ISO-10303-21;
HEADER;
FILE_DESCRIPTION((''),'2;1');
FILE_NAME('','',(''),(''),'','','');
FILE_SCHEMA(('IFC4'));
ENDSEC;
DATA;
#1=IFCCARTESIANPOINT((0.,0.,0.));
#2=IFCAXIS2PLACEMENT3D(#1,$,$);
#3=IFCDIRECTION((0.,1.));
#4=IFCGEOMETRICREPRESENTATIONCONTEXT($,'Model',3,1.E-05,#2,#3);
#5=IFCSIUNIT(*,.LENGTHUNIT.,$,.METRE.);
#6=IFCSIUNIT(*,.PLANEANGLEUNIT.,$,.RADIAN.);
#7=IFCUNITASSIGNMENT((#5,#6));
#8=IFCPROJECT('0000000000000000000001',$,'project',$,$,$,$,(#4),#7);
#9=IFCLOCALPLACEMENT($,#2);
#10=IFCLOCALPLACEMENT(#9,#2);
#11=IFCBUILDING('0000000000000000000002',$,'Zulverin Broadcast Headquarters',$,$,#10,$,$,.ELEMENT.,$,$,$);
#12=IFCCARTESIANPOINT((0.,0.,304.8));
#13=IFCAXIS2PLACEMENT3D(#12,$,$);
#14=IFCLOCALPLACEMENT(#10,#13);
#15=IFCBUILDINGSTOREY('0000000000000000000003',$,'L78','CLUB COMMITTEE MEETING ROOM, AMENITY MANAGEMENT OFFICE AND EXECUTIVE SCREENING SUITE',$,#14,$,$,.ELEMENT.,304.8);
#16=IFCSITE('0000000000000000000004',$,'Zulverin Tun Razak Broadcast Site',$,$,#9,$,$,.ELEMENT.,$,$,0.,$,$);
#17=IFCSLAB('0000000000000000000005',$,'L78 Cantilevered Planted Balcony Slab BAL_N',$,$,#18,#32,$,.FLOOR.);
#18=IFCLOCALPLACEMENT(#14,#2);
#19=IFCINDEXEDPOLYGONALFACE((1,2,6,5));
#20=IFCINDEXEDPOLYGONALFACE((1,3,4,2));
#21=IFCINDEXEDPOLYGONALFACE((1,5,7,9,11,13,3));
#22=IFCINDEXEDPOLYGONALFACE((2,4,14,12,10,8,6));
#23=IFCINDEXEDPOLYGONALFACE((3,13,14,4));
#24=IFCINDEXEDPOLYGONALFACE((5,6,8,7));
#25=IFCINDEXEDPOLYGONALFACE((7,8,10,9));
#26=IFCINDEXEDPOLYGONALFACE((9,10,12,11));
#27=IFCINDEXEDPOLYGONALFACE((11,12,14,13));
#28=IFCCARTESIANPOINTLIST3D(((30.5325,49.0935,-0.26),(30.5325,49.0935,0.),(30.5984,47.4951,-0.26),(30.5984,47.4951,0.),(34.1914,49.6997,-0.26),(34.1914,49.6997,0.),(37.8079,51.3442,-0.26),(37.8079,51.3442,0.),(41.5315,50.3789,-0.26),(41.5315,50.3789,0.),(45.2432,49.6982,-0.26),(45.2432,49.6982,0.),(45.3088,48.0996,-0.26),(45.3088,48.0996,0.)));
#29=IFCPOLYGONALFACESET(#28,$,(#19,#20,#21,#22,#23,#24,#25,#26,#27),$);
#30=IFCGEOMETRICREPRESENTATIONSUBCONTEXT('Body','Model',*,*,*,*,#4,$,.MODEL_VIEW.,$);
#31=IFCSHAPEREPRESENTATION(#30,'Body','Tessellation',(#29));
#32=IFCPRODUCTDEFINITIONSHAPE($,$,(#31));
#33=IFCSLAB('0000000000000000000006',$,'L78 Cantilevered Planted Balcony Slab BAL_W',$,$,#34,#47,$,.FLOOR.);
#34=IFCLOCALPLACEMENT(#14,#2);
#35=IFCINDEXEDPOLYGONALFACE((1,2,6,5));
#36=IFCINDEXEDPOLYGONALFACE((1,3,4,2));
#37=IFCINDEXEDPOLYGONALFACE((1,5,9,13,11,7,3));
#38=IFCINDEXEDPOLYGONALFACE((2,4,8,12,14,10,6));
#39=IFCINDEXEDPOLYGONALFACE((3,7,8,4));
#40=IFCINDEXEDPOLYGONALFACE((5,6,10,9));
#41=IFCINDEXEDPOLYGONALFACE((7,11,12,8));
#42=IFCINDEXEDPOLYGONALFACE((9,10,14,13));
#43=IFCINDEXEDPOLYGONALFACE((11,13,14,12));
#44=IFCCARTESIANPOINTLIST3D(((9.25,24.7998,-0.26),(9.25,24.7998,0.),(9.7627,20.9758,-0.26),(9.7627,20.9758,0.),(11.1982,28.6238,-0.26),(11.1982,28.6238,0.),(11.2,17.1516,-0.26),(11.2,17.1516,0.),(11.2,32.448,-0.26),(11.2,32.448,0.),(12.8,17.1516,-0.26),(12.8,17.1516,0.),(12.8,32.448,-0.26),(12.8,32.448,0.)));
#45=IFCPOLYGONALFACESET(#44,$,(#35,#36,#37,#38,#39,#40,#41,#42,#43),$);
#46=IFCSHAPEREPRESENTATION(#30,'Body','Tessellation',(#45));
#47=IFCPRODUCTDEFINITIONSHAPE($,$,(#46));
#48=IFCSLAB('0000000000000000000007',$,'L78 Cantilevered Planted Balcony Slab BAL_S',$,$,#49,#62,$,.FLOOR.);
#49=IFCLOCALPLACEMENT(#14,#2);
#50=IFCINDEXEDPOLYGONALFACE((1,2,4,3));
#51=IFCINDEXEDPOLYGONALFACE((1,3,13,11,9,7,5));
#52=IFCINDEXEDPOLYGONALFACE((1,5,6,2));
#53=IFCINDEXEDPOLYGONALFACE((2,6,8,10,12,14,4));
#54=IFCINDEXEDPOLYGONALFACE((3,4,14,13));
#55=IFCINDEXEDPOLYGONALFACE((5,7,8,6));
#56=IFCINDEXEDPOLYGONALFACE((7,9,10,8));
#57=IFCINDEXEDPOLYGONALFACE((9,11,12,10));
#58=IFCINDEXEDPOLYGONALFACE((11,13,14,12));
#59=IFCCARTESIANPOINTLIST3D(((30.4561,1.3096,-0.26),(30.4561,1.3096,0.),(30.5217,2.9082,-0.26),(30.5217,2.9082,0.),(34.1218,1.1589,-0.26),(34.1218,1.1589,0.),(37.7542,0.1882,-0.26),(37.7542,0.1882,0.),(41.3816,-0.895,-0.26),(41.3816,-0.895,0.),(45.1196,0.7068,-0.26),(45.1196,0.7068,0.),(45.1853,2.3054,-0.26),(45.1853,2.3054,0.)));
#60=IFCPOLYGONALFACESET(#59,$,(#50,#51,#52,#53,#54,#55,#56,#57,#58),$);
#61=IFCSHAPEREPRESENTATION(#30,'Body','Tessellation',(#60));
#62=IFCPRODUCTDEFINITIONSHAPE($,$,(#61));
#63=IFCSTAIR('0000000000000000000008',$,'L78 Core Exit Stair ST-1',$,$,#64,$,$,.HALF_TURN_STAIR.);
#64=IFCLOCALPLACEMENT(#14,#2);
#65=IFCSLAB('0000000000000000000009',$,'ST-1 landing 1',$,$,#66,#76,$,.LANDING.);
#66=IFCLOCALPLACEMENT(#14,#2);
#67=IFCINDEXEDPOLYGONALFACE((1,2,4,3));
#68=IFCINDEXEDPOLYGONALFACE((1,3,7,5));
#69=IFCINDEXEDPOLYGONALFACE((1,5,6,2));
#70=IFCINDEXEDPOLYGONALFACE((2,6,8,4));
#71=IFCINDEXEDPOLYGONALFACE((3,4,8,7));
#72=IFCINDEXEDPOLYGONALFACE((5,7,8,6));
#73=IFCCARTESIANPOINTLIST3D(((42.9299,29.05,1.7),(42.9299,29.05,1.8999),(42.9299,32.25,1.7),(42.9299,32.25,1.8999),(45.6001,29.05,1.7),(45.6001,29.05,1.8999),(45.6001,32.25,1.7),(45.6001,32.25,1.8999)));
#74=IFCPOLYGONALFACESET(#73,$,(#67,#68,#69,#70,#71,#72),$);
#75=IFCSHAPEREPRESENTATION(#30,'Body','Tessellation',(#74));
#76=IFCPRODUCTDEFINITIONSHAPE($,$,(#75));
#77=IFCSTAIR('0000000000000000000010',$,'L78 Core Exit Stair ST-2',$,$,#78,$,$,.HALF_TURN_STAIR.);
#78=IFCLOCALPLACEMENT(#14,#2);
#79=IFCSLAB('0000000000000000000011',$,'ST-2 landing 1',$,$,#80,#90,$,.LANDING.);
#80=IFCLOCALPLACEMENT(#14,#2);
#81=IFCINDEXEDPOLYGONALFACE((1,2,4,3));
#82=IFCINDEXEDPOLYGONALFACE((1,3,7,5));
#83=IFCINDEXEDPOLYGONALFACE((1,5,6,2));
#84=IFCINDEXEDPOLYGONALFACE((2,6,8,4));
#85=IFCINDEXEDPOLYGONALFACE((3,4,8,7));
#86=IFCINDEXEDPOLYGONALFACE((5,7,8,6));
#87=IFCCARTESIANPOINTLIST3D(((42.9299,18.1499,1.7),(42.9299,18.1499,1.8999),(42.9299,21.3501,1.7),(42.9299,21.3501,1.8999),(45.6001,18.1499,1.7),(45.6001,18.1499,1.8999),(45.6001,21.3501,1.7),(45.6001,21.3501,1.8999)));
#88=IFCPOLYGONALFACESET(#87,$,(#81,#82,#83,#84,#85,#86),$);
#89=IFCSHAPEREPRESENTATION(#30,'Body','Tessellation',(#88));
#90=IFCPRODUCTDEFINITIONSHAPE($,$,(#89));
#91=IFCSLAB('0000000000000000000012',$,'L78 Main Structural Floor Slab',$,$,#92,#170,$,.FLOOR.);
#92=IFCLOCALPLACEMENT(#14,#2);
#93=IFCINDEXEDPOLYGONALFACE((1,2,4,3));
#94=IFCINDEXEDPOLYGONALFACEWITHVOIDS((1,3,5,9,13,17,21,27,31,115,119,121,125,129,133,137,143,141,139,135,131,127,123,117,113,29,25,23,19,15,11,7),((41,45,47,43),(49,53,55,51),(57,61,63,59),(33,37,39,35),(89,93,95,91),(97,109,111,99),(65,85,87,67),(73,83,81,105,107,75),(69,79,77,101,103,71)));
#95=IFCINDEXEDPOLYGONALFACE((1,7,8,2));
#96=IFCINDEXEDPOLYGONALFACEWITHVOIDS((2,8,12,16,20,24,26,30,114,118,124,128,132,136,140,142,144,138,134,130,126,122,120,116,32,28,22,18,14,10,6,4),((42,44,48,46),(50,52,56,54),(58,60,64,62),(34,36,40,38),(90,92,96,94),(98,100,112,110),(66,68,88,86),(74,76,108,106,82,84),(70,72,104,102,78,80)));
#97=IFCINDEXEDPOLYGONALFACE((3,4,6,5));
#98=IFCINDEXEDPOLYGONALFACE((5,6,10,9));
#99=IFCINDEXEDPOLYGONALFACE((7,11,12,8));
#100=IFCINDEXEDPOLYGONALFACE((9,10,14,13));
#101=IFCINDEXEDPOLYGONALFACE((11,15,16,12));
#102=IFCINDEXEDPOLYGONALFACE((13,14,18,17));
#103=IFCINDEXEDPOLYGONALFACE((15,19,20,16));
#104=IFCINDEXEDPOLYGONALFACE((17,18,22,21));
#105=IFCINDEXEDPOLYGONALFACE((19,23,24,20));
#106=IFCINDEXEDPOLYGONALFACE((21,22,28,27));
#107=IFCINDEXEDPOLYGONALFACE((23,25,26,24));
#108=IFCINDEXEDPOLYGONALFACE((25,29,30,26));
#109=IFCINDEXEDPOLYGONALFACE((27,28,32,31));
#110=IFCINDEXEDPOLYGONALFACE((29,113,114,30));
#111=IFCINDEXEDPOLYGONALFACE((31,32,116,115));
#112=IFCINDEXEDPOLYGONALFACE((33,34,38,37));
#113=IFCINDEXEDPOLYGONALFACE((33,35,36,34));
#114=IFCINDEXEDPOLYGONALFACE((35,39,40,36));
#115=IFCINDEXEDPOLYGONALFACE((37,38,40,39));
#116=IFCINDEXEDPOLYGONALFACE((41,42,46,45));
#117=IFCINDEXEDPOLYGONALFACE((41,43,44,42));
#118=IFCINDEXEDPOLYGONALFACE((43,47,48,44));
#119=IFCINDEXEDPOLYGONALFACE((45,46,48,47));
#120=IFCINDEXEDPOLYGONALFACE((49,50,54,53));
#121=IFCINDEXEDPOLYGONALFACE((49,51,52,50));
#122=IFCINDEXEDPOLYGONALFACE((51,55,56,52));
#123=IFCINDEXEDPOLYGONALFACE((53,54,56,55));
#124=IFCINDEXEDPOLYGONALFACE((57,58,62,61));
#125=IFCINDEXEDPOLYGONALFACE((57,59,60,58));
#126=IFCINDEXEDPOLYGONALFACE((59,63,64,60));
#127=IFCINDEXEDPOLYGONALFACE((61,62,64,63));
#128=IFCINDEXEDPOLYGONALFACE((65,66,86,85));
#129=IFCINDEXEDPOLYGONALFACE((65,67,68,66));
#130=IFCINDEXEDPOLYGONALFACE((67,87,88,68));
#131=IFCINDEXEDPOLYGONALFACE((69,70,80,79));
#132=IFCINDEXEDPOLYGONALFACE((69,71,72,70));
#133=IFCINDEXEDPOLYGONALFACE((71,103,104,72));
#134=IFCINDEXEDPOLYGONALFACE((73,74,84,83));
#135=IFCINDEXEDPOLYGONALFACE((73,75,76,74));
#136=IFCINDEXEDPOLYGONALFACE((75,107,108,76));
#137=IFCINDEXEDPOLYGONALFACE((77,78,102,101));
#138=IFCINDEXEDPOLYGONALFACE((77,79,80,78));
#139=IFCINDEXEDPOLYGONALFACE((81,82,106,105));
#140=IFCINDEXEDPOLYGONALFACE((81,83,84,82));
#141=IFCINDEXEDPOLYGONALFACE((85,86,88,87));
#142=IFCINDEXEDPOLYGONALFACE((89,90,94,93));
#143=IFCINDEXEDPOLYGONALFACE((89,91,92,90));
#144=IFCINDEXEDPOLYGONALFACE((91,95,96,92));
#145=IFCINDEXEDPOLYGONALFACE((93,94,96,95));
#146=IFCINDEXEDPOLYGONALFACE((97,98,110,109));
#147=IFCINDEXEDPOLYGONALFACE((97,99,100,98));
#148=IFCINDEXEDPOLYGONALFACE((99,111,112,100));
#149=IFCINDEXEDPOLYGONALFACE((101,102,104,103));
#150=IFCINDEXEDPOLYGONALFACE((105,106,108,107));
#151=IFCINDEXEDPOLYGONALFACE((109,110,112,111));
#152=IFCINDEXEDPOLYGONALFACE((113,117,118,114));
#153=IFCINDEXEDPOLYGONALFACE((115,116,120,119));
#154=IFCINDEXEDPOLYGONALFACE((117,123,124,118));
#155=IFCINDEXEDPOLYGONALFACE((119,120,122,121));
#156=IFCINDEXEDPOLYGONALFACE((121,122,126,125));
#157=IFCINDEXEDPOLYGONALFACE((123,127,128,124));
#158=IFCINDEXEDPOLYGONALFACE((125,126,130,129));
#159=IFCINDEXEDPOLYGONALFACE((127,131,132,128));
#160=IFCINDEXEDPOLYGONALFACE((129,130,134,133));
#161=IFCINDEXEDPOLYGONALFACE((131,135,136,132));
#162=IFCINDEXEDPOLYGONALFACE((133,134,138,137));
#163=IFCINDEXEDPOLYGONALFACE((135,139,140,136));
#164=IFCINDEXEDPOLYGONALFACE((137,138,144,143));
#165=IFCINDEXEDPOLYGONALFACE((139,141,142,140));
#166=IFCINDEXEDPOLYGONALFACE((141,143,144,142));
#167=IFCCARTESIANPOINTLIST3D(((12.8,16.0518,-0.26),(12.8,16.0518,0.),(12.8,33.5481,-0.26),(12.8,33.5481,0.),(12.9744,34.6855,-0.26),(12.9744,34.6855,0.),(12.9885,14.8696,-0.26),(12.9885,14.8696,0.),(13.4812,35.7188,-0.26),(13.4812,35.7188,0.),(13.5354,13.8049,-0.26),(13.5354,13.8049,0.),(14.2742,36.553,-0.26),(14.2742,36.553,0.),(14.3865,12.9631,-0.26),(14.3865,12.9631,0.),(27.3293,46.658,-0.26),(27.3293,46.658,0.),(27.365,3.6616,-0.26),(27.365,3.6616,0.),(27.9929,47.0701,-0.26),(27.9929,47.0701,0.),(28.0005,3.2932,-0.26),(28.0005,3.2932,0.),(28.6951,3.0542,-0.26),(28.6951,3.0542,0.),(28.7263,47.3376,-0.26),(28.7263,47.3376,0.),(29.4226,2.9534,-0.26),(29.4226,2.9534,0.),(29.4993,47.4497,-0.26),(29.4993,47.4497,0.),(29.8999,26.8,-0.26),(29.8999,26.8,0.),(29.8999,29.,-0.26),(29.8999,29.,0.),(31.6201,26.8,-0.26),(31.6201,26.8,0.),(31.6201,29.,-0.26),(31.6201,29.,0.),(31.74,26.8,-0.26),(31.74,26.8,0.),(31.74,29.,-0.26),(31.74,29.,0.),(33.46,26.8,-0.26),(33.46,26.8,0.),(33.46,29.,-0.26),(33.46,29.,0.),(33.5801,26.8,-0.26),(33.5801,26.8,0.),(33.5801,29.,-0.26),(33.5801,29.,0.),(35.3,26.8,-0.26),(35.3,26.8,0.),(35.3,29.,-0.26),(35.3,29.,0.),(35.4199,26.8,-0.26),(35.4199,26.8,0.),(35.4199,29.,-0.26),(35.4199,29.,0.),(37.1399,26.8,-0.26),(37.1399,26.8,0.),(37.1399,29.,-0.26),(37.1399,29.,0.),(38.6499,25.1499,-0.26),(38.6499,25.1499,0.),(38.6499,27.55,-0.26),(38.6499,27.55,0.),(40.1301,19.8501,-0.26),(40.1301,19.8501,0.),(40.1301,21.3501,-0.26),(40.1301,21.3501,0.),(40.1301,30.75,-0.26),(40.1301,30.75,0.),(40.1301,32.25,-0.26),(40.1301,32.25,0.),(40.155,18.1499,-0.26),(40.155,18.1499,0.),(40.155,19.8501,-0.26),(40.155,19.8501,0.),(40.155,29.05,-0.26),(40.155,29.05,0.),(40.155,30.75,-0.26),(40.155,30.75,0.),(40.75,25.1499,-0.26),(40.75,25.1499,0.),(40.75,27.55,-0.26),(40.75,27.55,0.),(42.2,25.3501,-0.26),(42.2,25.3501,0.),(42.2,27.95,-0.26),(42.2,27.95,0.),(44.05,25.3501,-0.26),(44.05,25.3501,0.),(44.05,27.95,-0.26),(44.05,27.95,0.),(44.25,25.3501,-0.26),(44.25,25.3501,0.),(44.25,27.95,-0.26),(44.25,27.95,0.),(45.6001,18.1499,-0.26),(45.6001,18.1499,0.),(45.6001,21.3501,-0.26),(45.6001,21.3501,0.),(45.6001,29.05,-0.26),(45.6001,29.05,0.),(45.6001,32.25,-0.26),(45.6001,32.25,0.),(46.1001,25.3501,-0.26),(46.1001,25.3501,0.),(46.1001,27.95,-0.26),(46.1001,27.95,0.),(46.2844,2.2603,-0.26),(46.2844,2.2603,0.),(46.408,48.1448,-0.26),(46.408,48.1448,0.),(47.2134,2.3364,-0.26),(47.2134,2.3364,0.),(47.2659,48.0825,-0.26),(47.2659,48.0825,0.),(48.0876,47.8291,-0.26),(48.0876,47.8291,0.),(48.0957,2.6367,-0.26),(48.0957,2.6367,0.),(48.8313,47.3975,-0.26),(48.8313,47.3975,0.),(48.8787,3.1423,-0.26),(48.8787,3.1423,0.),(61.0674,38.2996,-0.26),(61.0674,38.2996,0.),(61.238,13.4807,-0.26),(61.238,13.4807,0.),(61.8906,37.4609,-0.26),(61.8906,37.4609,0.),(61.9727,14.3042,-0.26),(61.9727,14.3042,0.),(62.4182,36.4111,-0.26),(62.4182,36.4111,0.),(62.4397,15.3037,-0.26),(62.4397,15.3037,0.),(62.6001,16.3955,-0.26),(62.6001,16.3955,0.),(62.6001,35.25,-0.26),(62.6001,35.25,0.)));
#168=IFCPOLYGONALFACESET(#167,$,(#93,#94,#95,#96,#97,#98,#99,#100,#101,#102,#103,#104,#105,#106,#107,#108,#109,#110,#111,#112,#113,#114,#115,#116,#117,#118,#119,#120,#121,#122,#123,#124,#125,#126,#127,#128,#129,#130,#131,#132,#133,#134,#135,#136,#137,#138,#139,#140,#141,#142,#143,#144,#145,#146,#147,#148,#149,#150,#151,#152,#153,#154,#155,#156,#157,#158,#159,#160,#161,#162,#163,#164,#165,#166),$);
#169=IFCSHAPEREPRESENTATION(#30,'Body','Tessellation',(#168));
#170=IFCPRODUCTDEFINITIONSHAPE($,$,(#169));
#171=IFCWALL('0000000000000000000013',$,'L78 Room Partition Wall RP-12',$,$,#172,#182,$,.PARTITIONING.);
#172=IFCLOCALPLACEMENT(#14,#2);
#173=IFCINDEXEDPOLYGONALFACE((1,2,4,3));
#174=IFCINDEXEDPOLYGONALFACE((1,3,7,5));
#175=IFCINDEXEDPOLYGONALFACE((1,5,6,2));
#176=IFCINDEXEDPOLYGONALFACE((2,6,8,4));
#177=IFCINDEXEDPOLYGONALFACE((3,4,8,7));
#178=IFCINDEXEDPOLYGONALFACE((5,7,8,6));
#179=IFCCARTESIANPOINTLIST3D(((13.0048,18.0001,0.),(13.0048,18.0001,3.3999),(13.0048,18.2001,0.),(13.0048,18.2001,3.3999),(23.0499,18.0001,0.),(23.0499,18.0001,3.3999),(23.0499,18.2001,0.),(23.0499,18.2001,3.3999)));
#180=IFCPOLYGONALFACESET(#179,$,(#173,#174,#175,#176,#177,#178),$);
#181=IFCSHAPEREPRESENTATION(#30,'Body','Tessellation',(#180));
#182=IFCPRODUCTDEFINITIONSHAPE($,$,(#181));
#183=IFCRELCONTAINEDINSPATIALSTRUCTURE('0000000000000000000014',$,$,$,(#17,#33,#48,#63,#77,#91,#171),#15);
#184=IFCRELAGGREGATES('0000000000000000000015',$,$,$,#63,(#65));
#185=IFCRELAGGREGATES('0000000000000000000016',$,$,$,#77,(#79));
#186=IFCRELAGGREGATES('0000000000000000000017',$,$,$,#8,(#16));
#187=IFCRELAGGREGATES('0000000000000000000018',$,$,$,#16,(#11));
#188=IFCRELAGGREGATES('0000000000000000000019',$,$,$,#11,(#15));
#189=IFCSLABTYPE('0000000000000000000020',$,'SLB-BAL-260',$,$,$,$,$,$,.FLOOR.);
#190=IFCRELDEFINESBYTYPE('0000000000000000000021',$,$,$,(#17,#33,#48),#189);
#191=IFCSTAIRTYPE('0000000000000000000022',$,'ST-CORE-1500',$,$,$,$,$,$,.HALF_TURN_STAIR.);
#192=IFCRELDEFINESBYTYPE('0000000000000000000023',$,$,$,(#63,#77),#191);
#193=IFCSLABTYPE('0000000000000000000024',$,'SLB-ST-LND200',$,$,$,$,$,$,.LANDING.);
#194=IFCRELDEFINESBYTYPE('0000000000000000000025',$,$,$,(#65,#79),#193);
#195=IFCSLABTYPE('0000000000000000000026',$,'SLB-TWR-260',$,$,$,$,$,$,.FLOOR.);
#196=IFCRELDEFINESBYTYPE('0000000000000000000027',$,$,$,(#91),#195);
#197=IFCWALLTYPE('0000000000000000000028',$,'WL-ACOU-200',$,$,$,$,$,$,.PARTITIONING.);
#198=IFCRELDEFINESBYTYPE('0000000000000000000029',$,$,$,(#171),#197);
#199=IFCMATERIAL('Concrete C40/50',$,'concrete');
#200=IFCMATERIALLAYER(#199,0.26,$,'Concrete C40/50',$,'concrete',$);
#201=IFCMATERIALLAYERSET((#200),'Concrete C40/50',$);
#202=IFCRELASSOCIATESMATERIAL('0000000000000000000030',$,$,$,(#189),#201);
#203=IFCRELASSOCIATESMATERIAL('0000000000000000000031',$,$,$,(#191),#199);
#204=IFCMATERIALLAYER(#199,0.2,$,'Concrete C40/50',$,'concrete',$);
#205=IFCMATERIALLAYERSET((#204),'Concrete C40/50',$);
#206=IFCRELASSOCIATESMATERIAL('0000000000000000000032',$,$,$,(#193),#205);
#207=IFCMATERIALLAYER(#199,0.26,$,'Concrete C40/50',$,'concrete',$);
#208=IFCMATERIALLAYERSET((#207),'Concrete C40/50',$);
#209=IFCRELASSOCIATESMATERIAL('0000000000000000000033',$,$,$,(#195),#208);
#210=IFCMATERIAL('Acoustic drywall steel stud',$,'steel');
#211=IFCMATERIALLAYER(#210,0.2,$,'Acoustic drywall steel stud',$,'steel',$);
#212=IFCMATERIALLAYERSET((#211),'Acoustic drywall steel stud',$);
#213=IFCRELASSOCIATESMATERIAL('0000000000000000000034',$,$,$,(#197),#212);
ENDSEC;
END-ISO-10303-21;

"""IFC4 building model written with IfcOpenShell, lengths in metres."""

from ifc_helpers import new_model, si_unit, direction, frame, frame_2d, origin, place, context, subcontext, project, spatial, polyline, rectangle, outline, extrude, material, layer, layer_set, type_object, element, aggregate, save


model = new_model("IFC4")

# Units and contexts
model_context = context("Model", 3, precision=1e-05, world=origin(), true_north=direction((0.0, 1.0)))
body_context = subcontext(model_context, "Body", "Model", "MODEL_VIEW")
ifc_project = project(units=[si_unit("LENGTHUNIT", "METRE"), si_unit("PLANEANGLEUNIT", "RADIAN")], contexts=[model_context])

# Site, building, storey
site_placement = place(None, origin())
site = spatial("IfcSite", under=ifc_project, at=site_placement, Name="Zulverin Tun Razak Broadcast Site", CompositionType="ELEMENT", RefElevation=0.0)
building_placement = place(site_placement, origin())
building = spatial("IfcBuilding", under=site, at=building_placement, Name="Zulverin Broadcast Headquarters", CompositionType="ELEMENT")
storey_placement = place(building_placement, frame((0.0, 0.0, 304.8)))
storey = spatial("IfcBuildingStorey", under=building, at=storey_placement, Name="L78", Description="CLUB COMMITTEE MEETING ROOM, AMENITY MANAGEMENT OFFICE AND EXECUTIVE SCREENING SUITE", CompositionType="ELEMENT", Elevation=304.8)

# Slabs
ifc_material_1 = material(Name="Concrete C40/50", Category="concrete")
ifc_layer_1 = layer(ifc_material_1, 0.26, Name="Concrete C40/50", Category="concrete")
ifc_layer_set_1 = layer_set([ifc_layer_1], Name="Concrete C40/50")
slab_type_1 = type_object("IfcSlabType", Name="SLB-BAL-260", PredefinedType="FLOOR", material=ifc_layer_set_1)
slab_1_placement = place(storey_placement, frame((0.0, 0.0, -0.26)))
element("IfcSlab", 1, at=slab_1_placement, inside=storey, type_object=slab_type_1, Name="L78 Cantilevered Planted Balcony Slab BAL_N", PredefinedType="FLOOR", context=body_context, shape_type="SweptSolid", body=[
    extrude(outline(polyline([(30.5984, 47.4951), (45.3088, 48.0996), (45.2432, 49.6982), (41.5315, 50.3789), (37.8079, 51.3442), (34.1914, 49.6997), (30.5325, 49.0935), (30.5984, 47.4951)])), origin(), (0.0, 0.0, 1.0), 0.26),
])
slab_2_placement = place(storey_placement, frame((0.0, 0.0, -0.26)))
element("IfcSlab", 2, at=slab_2_placement, inside=storey, type_object=slab_type_1, Name="L78 Cantilevered Planted Balcony Slab BAL_W", PredefinedType="FLOOR", context=body_context, shape_type="SweptSolid", body=[
    extrude(outline(polyline([(12.8, 17.1516), (12.8, 32.448), (11.2, 32.448), (11.1982, 28.6238), (9.25, 24.7998), (9.7627, 20.9758), (11.2, 17.1516), (12.8, 17.1516)])), origin(), (0.0, 0.0, 1.0), 0.26),
])
slab_3_placement = place(storey_placement, frame((0.0, 0.0, -0.26)))
element("IfcSlab", 3, at=slab_3_placement, inside=storey, type_object=slab_type_1, Name="L78 Cantilevered Planted Balcony Slab BAL_S", PredefinedType="FLOOR", context=body_context, shape_type="SweptSolid", body=[
    extrude(outline(polyline([(45.1853, 2.3054), (30.5217, 2.9082), (30.4561, 1.3096), (34.1218, 1.1589), (37.7542, 0.1882), (41.3816, -0.895), (45.1196, 0.7068), (45.1853, 2.3054)])), origin(), (0.0, 0.0, 1.0), 0.26),
])

# Stairs, slabs
stair_type = type_object("IfcStairType", Name="ST-CORE-1500", PredefinedType="HALF_TURN_STAIR", material=ifc_material_1)
stair_1_placement = place(storey_placement, origin())
stair_1 = element("IfcStair", 4, at=stair_1_placement, inside=storey, type_object=stair_type, Name="L78 Core Exit Stair ST-1", PredefinedType="HALF_TURN_STAIR")
ifc_layer_2 = layer(ifc_material_1, 0.2, Name="Concrete C40/50", Category="concrete")
ifc_layer_set_2 = layer_set([ifc_layer_2], Name="Concrete C40/50")
slab_type_2 = type_object("IfcSlabType", Name="SLB-ST-LND200", PredefinedType="LANDING", material=ifc_layer_set_2)
slab_4_placement = place(storey_placement, frame((0.0, 0.0, 1.7)))
slab_4 = element("IfcSlab", 5, at=slab_4_placement, type_object=slab_type_2, Name="ST-1 landing 1", PredefinedType="LANDING", context=body_context, shape_type="SweptSolid", body=[
    extrude(outline(polyline([(42.9299, 29.05), (45.6001, 29.05), (45.6001, 32.25), (42.9299, 32.25), (42.9299, 29.05)])), origin(), (0.0, 0.0, 1.0), 0.2),
])
aggregate(stair_1, [slab_4])
stair_2_placement = place(storey_placement, origin())
stair_2 = element("IfcStair", 6, at=stair_2_placement, inside=storey, type_object=stair_type, Name="L78 Core Exit Stair ST-2", PredefinedType="HALF_TURN_STAIR")
slab_5_placement = place(storey_placement, frame((0.0, 0.0, 1.7)))
slab_5 = element("IfcSlab", 7, at=slab_5_placement, type_object=slab_type_2, Name="ST-2 landing 1", PredefinedType="LANDING", context=body_context, shape_type="SweptSolid", body=[
    extrude(outline(polyline([(42.9299, 18.1499), (45.6001, 18.1499), (45.6001, 21.3501), (42.9299, 21.3501), (42.9299, 18.1499)])), origin(), (0.0, 0.0, 1.0), 0.2),
])
aggregate(stair_2, [slab_5])

# Slab
ifc_layer_3 = layer(ifc_material_1, 0.26, Name="Concrete C40/50", Category="concrete")
ifc_layer_set_3 = layer_set([ifc_layer_3], Name="Concrete C40/50")
slab_type_3 = type_object("IfcSlabType", Name="SLB-TWR-260", PredefinedType="FLOOR", material=ifc_layer_set_3)
slab_6_placement = place(storey_placement, frame((0.0, 0.0, -0.26)))
element("IfcSlab", 8, at=slab_6_placement, inside=storey, type_object=slab_type_3, Name="L78 Main Structural Floor Slab", PredefinedType="FLOOR", context=body_context, shape_type="SweptSolid", body=[
    extrude(outline(polyline([(27.365, 3.6616), (28.0005, 3.2932), (28.6951, 3.0542), (29.4226, 2.9534), (46.2844, 2.2603), (47.2134, 2.3364), (48.0957, 2.6367), (48.8787, 3.1423), (61.238, 13.4807), (61.9727, 14.3042), (62.4397, 15.3037), (62.6001, 16.3955), (62.6001, 35.25), (62.4182, 36.4111), (61.8906, 37.4609), (61.0674, 38.2996), (48.8313, 47.3975), (48.0876, 47.8291), (47.2659, 48.0825), (46.408, 48.1448), (29.4993, 47.4497), (28.7263, 47.3376), (27.9929, 47.0701), (27.3293, 46.658), (14.2742, 36.553), (13.4812, 35.7188), (12.9744, 34.6855), (12.8, 33.5481), (12.8, 16.0518), (12.9885, 14.8696), (13.5354, 13.8049), (14.3865, 12.9631), (27.365, 3.6616)]), holes=[polyline([(40.155, 30.75), (40.1301, 30.75), (40.1301, 32.25), (45.6001, 32.25), (45.6001, 29.05), (40.155, 29.05), (40.155, 30.75)]), polyline([(40.155, 19.8501), (40.1301, 19.8501), (40.1301, 21.3501), (45.6001, 21.3501), (45.6001, 18.1499), (40.155, 18.1499), (40.155, 19.8501)]), polyline([(29.8999, 26.8), (31.6201, 26.8), (31.6201, 29.0), (29.8999, 29.0), (29.8999, 26.8)]), polyline([(31.74, 26.8), (33.46, 26.8), (33.46, 29.0), (31.74, 29.0), (31.74, 26.8)]), polyline([(33.5801, 26.8), (35.3, 26.8), (35.3, 29.0), (33.5801, 29.0), (33.5801, 26.8)]), polyline([(35.4199, 26.8), (37.1399, 26.8), (37.1399, 29.0), (35.4199, 29.0), (35.4199, 26.8)]), polyline([(42.2, 25.3501), (44.05, 25.3501), (44.05, 27.95), (42.2, 27.95), (42.2, 25.3501)]), polyline([(44.25, 25.3501), (46.1001, 25.3501), (46.1001, 27.95), (44.25, 27.95), (44.25, 25.3501)]), polyline([(38.6499, 25.1499), (40.75, 25.1499), (40.75, 27.55), (38.6499, 27.55), (38.6499, 25.1499)])]), origin(), (0.0, 0.0, 1.0), 0.26),
])

# Wall
ifc_material_2 = material(Name="Acoustic drywall steel stud", Category="steel")
ifc_layer_4 = layer(ifc_material_2, 0.2, Name="Acoustic drywall steel stud", Category="steel")
ifc_layer_set_4 = layer_set([ifc_layer_4], Name="Acoustic drywall steel stud")
wall_type_1 = type_object("IfcWallType", Name="WL-ACOU-200", PredefinedType="PARTITIONING", material=ifc_layer_set_4)
wall_1_placement = place(storey_placement, frame((13.0049, 18.1001, 0.0), z_axis=(0.0, 0.0, 1.0), x_axis=(1.0, 0.0, 0.0)))
element("IfcWall", 9, at=wall_1_placement, inside=storey, type_object=wall_type_1, Name="L78 Room Partition Wall RP-12", PredefinedType="PARTITIONING", context=body_context, shape_type="SweptSolid", body=[
    extrude(rectangle(XDim=10.0452, YDim=0.2, at=frame_2d((5.0225, 0.0))), origin(), (0.0, 0.0, 1.0), 3.3999),
])

save(model, "model.ifc")
